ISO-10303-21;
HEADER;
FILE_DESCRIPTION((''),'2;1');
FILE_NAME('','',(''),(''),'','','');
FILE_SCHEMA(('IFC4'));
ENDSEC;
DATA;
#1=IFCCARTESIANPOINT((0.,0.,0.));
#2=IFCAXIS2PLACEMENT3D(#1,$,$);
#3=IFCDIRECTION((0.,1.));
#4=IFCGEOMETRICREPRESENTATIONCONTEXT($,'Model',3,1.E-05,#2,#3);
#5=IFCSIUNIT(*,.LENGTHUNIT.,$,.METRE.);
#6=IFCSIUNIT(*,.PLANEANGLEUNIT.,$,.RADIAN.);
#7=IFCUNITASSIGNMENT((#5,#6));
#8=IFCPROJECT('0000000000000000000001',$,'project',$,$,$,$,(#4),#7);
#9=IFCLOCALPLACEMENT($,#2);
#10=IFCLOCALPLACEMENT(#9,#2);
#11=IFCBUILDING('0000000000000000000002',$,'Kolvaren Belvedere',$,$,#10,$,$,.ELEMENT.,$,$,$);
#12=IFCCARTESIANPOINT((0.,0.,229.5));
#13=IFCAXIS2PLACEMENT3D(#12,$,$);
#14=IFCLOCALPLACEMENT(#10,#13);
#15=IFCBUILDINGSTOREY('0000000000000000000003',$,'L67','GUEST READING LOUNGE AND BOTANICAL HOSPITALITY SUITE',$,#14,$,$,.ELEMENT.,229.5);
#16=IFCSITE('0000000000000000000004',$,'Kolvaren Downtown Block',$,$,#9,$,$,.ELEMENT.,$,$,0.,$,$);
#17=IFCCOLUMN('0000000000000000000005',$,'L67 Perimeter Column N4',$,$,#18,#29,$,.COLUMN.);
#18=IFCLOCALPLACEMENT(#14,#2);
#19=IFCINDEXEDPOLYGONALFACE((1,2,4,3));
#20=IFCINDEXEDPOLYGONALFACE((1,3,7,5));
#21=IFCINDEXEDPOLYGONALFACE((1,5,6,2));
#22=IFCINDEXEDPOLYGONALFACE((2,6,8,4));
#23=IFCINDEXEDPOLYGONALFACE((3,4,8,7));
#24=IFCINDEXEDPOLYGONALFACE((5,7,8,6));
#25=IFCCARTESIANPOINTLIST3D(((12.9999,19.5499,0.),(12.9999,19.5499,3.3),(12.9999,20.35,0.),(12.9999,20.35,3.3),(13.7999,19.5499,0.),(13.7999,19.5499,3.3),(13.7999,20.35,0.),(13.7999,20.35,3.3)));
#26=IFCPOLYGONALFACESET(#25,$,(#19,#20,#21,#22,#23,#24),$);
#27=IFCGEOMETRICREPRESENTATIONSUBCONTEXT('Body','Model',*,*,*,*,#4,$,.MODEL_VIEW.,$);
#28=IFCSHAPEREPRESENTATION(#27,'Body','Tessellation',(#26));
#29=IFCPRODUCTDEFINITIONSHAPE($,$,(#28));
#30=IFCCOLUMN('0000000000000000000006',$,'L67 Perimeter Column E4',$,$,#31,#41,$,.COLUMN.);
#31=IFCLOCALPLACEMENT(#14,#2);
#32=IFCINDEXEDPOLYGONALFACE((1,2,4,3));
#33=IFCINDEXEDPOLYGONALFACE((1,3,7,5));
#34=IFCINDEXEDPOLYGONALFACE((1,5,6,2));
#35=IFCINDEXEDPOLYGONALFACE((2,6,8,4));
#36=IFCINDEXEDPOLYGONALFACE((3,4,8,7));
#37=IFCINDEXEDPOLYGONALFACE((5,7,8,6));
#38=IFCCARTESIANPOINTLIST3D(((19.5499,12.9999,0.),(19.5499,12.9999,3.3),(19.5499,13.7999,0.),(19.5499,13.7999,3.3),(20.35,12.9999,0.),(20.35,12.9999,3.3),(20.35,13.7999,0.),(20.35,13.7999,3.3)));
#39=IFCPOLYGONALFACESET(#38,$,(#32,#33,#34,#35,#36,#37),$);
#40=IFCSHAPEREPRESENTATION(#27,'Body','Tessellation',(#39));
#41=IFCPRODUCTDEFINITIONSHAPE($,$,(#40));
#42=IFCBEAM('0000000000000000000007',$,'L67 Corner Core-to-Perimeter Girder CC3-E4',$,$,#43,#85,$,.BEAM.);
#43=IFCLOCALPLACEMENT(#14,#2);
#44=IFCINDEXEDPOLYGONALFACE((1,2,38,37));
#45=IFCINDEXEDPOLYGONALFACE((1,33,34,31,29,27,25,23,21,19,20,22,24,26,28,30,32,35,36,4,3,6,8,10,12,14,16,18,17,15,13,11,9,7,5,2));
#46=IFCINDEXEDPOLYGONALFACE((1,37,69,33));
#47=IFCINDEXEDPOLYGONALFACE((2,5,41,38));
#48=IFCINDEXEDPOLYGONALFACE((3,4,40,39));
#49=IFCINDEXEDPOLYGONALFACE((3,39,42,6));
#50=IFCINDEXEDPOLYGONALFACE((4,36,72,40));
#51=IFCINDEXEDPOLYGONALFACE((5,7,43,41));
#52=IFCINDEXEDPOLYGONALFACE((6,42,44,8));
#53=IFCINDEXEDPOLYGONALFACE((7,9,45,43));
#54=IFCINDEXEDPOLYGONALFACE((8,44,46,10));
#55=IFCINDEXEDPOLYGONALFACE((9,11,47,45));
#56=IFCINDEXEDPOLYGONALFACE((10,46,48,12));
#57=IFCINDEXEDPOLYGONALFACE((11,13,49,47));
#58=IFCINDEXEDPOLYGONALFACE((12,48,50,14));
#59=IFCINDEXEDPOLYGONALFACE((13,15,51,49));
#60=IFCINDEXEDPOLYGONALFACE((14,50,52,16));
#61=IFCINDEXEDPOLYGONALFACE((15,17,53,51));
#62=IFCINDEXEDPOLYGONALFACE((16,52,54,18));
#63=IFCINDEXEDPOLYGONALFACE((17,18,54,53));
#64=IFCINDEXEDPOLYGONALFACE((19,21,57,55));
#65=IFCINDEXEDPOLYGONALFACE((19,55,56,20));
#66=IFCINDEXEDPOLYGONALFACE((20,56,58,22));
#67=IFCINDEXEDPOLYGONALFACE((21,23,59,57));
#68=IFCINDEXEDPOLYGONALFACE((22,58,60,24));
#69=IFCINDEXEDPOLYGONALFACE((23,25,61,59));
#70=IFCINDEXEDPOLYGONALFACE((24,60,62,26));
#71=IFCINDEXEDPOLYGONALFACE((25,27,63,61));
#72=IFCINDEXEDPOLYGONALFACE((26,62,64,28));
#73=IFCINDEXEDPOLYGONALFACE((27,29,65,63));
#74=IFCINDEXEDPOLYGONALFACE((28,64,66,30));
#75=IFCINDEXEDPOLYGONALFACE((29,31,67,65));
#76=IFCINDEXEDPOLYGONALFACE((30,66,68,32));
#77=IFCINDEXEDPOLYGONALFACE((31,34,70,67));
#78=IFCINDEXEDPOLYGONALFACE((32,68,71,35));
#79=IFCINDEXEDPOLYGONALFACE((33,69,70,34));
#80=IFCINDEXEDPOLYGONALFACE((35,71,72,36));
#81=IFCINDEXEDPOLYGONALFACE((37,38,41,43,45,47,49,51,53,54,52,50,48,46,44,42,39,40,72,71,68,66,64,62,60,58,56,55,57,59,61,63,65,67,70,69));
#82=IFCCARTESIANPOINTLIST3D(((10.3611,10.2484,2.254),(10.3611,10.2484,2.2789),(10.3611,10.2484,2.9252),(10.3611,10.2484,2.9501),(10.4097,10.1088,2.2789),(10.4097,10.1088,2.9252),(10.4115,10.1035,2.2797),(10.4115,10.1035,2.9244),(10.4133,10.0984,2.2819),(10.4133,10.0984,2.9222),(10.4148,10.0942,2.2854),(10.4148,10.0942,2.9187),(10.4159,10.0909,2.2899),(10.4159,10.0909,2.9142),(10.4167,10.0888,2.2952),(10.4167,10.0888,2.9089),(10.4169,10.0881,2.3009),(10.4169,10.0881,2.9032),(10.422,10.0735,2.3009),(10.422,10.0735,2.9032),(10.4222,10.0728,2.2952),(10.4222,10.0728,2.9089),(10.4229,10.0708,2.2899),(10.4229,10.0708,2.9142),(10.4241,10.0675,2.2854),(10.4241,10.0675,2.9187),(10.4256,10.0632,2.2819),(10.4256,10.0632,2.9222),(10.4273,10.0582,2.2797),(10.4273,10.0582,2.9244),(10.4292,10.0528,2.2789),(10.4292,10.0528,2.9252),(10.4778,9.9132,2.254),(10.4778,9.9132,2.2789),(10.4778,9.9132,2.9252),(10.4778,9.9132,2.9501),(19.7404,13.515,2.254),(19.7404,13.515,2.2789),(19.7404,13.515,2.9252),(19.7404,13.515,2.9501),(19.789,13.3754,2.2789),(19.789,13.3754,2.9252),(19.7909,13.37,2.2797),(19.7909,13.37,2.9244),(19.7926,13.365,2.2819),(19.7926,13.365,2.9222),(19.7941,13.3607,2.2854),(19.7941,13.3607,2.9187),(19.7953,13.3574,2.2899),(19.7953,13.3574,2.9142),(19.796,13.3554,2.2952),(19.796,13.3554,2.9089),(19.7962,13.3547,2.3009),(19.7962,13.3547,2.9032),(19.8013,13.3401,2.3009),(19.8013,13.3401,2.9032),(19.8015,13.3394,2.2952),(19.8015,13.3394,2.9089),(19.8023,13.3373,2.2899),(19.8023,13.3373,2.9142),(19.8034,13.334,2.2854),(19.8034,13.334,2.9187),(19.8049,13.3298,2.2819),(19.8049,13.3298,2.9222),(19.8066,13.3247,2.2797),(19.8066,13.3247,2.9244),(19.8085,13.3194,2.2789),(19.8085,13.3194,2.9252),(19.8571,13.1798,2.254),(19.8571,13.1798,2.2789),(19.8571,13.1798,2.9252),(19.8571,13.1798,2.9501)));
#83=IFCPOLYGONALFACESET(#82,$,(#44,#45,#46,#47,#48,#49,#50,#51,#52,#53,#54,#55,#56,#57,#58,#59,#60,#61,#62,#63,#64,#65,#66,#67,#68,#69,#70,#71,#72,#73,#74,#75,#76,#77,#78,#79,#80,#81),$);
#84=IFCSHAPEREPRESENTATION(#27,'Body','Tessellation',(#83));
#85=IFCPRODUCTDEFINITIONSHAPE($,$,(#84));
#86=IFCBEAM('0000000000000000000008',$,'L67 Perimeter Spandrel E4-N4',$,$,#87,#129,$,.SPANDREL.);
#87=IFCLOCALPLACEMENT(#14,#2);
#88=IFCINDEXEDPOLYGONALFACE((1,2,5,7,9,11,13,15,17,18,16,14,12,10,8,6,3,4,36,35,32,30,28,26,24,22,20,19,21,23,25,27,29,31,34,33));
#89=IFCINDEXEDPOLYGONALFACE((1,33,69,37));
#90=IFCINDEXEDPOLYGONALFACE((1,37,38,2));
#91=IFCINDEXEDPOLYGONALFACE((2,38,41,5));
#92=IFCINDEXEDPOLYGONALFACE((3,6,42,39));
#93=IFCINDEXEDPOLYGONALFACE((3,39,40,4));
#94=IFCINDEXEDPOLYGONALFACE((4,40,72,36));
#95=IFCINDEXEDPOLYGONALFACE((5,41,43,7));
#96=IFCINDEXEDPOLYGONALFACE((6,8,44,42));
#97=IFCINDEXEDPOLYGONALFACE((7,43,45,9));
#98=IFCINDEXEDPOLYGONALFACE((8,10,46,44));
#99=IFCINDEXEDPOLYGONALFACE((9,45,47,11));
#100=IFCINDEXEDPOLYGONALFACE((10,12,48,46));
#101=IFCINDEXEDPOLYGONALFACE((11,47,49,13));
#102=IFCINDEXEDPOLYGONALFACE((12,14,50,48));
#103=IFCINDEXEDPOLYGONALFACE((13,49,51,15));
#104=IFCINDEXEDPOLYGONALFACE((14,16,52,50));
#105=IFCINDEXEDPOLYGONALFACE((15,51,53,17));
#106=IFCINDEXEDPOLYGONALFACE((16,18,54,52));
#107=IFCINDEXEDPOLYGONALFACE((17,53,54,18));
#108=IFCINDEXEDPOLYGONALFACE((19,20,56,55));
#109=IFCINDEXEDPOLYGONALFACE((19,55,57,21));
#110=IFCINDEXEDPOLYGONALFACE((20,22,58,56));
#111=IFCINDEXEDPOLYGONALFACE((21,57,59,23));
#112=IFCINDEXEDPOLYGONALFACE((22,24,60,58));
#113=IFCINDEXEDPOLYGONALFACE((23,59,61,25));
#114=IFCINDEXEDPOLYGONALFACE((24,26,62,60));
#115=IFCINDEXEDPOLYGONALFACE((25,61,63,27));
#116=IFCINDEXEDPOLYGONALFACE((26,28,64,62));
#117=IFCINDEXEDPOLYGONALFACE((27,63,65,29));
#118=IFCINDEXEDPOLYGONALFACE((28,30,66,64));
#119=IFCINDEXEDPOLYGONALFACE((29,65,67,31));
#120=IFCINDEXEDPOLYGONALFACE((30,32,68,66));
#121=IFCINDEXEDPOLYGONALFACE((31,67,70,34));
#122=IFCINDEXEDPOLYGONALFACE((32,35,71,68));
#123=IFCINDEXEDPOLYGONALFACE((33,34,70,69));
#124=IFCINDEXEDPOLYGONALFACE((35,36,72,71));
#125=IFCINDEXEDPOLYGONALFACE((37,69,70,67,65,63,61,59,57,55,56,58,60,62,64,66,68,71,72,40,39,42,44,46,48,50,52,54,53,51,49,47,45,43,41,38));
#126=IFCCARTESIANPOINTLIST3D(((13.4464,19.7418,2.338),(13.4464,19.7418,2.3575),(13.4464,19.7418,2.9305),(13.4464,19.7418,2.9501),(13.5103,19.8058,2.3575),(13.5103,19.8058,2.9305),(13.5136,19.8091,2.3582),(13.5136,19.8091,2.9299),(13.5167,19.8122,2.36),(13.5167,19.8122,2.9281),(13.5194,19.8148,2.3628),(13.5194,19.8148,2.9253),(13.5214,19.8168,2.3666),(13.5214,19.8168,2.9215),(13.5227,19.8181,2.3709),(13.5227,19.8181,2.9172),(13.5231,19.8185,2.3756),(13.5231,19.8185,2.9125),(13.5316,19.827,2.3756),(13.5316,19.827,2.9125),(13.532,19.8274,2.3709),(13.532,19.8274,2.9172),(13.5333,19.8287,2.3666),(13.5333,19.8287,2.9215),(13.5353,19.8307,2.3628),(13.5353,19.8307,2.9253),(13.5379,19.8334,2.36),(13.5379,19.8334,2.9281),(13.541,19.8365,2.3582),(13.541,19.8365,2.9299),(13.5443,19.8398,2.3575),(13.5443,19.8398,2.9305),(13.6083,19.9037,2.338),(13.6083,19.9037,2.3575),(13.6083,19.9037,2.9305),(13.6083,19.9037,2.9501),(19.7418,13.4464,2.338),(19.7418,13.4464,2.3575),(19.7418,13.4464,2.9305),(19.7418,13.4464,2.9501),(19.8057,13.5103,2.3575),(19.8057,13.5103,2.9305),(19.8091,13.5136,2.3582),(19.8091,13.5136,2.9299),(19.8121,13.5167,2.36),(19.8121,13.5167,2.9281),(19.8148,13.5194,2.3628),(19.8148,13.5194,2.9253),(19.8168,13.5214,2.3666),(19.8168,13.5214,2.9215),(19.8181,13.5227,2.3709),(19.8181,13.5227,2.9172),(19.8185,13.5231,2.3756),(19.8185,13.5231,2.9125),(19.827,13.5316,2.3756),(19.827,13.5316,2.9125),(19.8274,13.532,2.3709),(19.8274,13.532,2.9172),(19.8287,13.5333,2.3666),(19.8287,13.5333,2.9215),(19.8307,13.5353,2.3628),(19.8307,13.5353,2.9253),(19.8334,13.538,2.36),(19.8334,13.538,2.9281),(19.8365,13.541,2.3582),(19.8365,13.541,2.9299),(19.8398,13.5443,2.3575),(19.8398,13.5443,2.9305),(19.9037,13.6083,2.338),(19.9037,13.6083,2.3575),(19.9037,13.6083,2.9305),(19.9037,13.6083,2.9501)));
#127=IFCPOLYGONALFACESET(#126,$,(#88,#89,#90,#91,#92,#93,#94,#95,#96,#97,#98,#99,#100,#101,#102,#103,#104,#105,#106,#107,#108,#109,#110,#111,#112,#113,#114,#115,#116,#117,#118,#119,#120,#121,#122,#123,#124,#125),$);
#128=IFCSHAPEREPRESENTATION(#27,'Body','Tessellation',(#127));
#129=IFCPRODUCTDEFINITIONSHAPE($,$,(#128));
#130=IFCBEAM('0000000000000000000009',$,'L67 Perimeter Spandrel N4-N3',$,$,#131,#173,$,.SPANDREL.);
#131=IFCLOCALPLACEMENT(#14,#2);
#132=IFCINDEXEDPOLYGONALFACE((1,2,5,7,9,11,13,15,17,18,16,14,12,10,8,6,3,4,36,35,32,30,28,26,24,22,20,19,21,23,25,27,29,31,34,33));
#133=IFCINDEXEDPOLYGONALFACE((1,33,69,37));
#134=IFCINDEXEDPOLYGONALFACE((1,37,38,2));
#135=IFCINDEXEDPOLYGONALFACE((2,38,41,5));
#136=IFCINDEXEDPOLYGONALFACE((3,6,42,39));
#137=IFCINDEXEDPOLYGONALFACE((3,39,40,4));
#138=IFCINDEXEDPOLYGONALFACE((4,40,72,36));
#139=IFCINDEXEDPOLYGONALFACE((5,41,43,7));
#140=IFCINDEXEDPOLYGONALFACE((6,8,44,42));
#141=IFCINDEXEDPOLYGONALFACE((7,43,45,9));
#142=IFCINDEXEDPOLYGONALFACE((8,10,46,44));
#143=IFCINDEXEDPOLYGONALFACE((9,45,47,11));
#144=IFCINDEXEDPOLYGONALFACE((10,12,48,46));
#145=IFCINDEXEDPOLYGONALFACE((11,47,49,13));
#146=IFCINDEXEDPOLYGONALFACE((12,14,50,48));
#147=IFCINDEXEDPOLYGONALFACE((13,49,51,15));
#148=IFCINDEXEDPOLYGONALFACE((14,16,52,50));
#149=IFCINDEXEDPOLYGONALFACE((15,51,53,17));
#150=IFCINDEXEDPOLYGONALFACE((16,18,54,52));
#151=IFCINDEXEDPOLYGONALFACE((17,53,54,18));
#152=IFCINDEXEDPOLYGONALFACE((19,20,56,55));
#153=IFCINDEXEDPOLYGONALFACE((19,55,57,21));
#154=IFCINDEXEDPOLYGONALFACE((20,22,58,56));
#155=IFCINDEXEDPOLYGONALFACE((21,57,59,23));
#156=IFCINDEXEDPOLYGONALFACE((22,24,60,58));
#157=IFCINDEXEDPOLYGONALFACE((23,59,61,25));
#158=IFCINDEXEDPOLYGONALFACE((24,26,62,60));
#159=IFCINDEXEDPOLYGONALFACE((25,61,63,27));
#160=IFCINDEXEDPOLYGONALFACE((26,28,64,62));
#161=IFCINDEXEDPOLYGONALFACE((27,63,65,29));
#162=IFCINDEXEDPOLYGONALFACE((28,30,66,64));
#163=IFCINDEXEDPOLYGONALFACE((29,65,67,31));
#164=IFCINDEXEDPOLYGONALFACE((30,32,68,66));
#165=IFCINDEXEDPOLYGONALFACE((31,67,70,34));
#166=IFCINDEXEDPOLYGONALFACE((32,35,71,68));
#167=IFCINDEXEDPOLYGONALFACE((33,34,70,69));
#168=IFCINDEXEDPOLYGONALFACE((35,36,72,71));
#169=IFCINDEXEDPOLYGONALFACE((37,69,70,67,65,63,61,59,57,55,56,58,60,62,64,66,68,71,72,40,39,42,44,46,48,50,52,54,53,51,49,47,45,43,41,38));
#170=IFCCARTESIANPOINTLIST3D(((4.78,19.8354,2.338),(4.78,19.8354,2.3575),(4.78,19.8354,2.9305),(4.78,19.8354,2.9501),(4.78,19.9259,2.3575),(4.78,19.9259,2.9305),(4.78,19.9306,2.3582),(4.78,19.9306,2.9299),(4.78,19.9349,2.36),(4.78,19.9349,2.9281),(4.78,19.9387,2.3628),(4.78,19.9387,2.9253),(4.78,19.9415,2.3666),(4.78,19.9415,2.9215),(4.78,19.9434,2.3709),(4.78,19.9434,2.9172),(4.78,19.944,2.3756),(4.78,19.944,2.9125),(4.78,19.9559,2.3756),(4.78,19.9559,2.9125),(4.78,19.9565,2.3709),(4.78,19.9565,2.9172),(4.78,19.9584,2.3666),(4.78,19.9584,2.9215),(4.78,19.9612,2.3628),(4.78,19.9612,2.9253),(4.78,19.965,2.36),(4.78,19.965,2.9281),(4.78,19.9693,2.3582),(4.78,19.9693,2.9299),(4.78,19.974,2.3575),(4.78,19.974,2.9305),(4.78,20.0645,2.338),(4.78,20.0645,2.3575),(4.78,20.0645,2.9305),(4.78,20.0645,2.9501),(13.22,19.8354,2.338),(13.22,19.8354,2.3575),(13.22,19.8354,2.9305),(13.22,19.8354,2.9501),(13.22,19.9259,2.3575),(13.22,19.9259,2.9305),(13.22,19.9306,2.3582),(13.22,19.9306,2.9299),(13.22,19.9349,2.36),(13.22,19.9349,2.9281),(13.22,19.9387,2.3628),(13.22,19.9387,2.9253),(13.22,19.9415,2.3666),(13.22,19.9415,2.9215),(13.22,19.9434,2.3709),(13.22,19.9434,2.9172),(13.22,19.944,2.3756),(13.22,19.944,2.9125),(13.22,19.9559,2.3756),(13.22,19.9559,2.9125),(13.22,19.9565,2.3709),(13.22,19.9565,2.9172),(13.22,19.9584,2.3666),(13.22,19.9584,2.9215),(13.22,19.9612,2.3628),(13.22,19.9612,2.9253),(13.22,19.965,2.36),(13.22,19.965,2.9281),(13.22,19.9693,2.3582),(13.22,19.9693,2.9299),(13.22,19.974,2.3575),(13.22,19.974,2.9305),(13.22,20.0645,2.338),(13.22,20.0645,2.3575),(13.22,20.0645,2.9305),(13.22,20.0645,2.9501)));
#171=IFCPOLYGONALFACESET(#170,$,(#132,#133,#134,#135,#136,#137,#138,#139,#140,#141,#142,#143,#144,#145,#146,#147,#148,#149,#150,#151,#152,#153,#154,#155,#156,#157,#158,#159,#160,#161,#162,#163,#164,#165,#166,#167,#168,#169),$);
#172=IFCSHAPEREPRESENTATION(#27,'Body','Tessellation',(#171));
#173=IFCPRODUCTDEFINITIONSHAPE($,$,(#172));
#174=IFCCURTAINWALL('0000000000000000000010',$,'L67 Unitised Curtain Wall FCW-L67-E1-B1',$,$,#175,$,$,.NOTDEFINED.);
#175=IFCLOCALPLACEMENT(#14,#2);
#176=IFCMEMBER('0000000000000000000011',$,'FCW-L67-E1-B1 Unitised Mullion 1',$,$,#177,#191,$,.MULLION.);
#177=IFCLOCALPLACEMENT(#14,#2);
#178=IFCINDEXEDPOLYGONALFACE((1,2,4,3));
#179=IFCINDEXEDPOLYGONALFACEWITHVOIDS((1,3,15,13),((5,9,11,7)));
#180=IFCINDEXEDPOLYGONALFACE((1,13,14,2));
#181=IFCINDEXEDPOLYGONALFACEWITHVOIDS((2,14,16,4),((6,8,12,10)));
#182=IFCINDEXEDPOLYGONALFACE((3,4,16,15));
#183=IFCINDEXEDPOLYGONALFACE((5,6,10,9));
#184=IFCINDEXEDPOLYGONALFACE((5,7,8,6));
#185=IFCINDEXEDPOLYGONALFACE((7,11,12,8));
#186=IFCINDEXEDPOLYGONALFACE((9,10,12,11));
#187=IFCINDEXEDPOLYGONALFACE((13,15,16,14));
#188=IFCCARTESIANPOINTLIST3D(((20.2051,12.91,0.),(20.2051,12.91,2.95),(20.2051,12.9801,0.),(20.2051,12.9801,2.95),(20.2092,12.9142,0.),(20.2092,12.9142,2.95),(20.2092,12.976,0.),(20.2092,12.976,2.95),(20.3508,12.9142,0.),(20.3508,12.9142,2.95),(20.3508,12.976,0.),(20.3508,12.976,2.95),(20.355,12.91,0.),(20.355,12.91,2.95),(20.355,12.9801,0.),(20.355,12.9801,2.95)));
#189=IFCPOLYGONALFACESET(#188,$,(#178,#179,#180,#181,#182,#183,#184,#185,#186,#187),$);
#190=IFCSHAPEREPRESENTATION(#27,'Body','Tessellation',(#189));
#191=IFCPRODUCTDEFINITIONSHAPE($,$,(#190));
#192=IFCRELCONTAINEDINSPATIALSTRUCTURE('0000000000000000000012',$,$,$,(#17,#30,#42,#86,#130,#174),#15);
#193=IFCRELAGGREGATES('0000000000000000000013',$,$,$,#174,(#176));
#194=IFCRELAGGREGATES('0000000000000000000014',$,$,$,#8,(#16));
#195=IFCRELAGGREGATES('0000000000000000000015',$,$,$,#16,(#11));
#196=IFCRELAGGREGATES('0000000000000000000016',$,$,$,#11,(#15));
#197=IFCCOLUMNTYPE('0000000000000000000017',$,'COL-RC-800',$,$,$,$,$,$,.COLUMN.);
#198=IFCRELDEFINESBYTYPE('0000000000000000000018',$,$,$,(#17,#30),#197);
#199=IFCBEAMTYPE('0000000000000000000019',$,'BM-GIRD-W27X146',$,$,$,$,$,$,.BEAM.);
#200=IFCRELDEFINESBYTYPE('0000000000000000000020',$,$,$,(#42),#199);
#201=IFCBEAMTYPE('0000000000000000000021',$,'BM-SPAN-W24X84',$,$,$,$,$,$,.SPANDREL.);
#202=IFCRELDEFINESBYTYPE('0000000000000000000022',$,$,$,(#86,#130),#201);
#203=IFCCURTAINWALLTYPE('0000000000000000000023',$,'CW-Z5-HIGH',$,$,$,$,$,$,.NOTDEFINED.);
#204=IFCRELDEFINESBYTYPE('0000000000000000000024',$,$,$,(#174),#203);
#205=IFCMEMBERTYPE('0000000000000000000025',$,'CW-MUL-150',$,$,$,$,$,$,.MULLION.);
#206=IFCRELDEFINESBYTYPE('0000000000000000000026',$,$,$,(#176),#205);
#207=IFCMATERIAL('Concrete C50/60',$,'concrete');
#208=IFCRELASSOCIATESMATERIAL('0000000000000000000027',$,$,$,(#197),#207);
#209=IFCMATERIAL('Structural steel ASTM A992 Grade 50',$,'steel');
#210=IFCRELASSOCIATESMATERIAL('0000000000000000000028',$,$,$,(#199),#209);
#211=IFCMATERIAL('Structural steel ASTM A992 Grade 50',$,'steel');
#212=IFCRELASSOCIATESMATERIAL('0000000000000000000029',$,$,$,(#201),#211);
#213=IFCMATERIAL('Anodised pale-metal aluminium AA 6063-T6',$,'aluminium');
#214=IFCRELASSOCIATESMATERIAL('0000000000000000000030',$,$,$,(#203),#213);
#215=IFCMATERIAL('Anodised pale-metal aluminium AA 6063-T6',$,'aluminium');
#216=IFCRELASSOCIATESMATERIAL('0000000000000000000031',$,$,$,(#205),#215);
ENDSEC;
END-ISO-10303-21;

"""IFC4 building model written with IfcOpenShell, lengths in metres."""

from ifc_helpers import new_model, si_unit, direction, frame, origin, origin_2d, place, context, subcontext, project, spatial, rectangle, hollow_rectangle, i_section, extrude, material, material_profile, profile_set, type_object, element, aggregate, save


model = new_model("IFC4")

# Units and contexts
model_context = context("Model", 3, precision=1e-05, world=origin(), true_north=direction((0.0, 1.0)))
body_context = subcontext(model_context, "Body", "Model", "MODEL_VIEW")
ifc_project = project(units=[si_unit("LENGTHUNIT", "METRE"), si_unit("PLANEANGLEUNIT", "RADIAN")], contexts=[model_context])

# Site, building, storey
site_placement = place(None, origin())
site = spatial("IfcSite", under=ifc_project, at=site_placement, Name="Kolvaren Downtown Block", CompositionType="ELEMENT", RefElevation=0.0)
building_placement = place(site_placement, origin())
building = spatial("IfcBuilding", under=site, at=building_placement, Name="Kolvaren Belvedere", CompositionType="ELEMENT")
storey_placement = place(building_placement, frame((0.0, 0.0, 229.5)))
storey = spatial("IfcBuildingStorey", under=building, at=storey_placement, Name="L67", Description="GUEST READING LOUNGE AND BOTANICAL HOSPITALITY SUITE", CompositionType="ELEMENT", Elevation=229.5)

# Columns
ifc_material_1 = material(Name="Concrete C50/60", Category="concrete")
ifc_material_profile_1 = material_profile(ifc_material_1, rectangle(XDim=0.8, YDim=0.8, at=origin_2d()), Name="RC 800X800")
ifc_profile_set_1 = profile_set([ifc_material_profile_1], Name="Concrete C50/60")
column_type = type_object("IfcColumnType", Name="COL-RC-800", PredefinedType="COLUMN", material=ifc_profile_set_1)
for number, where, z_axis, x_axis, name in (
    (1, (13.3999, 19.95, 0.0), (0.0, 0.0, 1.0), (1.0, 0.0, 0.0), "L67 Perimeter Column N4"),
    (2, (19.95, 13.3999, 0.0), (0.0, 0.0, 1.0), (1.0, 0.0, 0.0), "L67 Perimeter Column E4"),
):
    element("IfcColumn", number, at=place(storey_placement, frame(where, z_axis=z_axis, x_axis=x_axis)), inside=storey, type_object=column_type, Name=name, PredefinedType="COLUMN", context=body_context, shape_type="SweptSolid", body=[
        extrude(rectangle(XDim=0.8, YDim=0.8, at=origin_2d()), origin(), (0.0, 0.0, 1.0), 3.3),
    ])

# Beams
ifc_material_2 = material(Name="Structural steel ASTM A992 Grade 50", Category="steel")
ifc_material_profile_2 = material_profile(ifc_material_2, i_section(OverallWidth=0.355, OverallDepth=0.696, WebThickness=0.0154, FlangeThickness=0.0249, FilletRadius=0.022, at=origin_2d()), Name="W27X146")
ifc_profile_set_2 = profile_set([ifc_material_profile_2], Name="Structural steel ASTM A992 Grade 50")
beam_type_1 = type_object("IfcBeamType", Name="BM-GIRD-W27X146", PredefinedType="BEAM", material=ifc_profile_set_2)
beam_1_placement = place(storey_placement, frame((10.4194, 10.0808, 2.6021), z_axis=(0.944365, 0.328898, 0.0), x_axis=(-0.328898, 0.944365, 0.0)))
element("IfcBeam", 3, at=beam_1_placement, inside=storey, type_object=beam_type_1, Name="L67 Corner Core-to-Perimeter Girder CC3-E4", PredefinedType="BEAM", context=body_context, shape_type="SweptSolid", body=[
    extrude(i_section(OverallWidth=0.355, OverallDepth=0.696, WebThickness=0.0154, FlangeThickness=0.0249, FilletRadius=0.022, at=origin_2d()), origin(), (0.0, 0.0, 1.0), 9.9319),
])
ifc_material_3 = material(Name="Structural steel ASTM A992 Grade 50", Category="steel")
ifc_material_profile_3 = material_profile(ifc_material_3, i_section(OverallWidth=0.229, OverallDepth=0.6121, WebThickness=0.012, FlangeThickness=0.0195, FilletRadius=0.0181, at=origin_2d()), Name="W24X84")
ifc_profile_set_3 = profile_set([ifc_material_profile_3], Name="Structural steel ASTM A992 Grade 50")
beam_type_2 = type_object("IfcBeamType", Name="BM-SPAN-W24X84", PredefinedType="SPANDREL", material=ifc_profile_set_3)
beam_2_placement = place(storey_placement, frame((19.8228, 13.5273, 2.644), z_axis=(-0.707107, 0.707107, 0.0), x_axis=(-0.707107, -0.707107, 0.0)))
element("IfcBeam", 4, at=beam_2_placement, inside=storey, type_object=beam_type_2, Name="L67 Perimeter Spandrel E4-N4", PredefinedType="SPANDREL", context=body_context, shape_type="SweptSolid", body=[
    extrude(i_section(OverallWidth=0.229, OverallDepth=0.6121, WebThickness=0.012, FlangeThickness=0.0195, FilletRadius=0.0181, at=origin_2d()), origin(), (0.0, 0.0, 1.0), 8.9031),
])
beam_3_placement = place(storey_placement, frame((13.22, 19.95, 2.644), z_axis=(-1.0, 0.0, 0.0), x_axis=(0.0, -1.0, 0.0)))
element("IfcBeam", 5, at=beam_3_placement, inside=storey, type_object=beam_type_2, Name="L67 Perimeter Spandrel N4-N3", PredefinedType="SPANDREL", context=body_context, shape_type="SweptSolid", body=[
    extrude(i_section(OverallWidth=0.229, OverallDepth=0.6121, WebThickness=0.012, FlangeThickness=0.0195, FilletRadius=0.0181, at=origin_2d()), origin(), (0.0, 0.0, 1.0), 8.4399),
])

# Curtain wall, member
ifc_material_4 = material(Name="Anodised pale-metal aluminium AA 6063-T6", Category="aluminium")
curtain_wall_type = type_object("IfcCurtainWallType", Name="CW-Z5-HIGH", PredefinedType="NOTDEFINED", material=ifc_material_4)
curtain_wall_1_placement = place(storey_placement, origin())
curtain_wall_1 = element("IfcCurtainWall", 6, at=curtain_wall_1_placement, inside=storey, type_object=curtain_wall_type, Name="L67 Unitised Curtain Wall FCW-L67-E1-B1", PredefinedType="NOTDEFINED")
ifc_material_5 = material(Name="Anodised pale-metal aluminium AA 6063-T6", Category="aluminium")
ifc_material_profile_4 = material_profile(ifc_material_5, hollow_rectangle(XDim=0.0701, YDim=0.1499, WallThickness=0.0042, at=origin_2d()), Name="ALU-MUL-150X70")
ifc_profile_set_4 = profile_set([ifc_material_profile_4], Name="Anodised pale-metal aluminium AA 6063-T6")
member_type_1 = type_object("IfcMemberType", Name="CW-MUL-150", PredefinedType="MULLION", material=ifc_profile_set_4)
member_1_placement = place(storey_placement, frame((20.28, 12.9451, 0.0), z_axis=(0.0, 0.0, 1.0), x_axis=(0.0, 1.0, 0.0)))
member_1 = element("IfcMember", 7, at=member_1_placement, type_object=member_type_1, Name="FCW-L67-E1-B1 Unitised Mullion 1", PredefinedType="MULLION", context=body_context, shape_type="SweptSolid", body=[
    extrude(hollow_rectangle(XDim=0.0701, YDim=0.1499, WallThickness=0.0042, at=origin_2d()), origin(), (0.0, 0.0, 1.0), 2.95),
])

aggregate(curtain_wall_1, [member_1])

save(model, "model.ifc")
